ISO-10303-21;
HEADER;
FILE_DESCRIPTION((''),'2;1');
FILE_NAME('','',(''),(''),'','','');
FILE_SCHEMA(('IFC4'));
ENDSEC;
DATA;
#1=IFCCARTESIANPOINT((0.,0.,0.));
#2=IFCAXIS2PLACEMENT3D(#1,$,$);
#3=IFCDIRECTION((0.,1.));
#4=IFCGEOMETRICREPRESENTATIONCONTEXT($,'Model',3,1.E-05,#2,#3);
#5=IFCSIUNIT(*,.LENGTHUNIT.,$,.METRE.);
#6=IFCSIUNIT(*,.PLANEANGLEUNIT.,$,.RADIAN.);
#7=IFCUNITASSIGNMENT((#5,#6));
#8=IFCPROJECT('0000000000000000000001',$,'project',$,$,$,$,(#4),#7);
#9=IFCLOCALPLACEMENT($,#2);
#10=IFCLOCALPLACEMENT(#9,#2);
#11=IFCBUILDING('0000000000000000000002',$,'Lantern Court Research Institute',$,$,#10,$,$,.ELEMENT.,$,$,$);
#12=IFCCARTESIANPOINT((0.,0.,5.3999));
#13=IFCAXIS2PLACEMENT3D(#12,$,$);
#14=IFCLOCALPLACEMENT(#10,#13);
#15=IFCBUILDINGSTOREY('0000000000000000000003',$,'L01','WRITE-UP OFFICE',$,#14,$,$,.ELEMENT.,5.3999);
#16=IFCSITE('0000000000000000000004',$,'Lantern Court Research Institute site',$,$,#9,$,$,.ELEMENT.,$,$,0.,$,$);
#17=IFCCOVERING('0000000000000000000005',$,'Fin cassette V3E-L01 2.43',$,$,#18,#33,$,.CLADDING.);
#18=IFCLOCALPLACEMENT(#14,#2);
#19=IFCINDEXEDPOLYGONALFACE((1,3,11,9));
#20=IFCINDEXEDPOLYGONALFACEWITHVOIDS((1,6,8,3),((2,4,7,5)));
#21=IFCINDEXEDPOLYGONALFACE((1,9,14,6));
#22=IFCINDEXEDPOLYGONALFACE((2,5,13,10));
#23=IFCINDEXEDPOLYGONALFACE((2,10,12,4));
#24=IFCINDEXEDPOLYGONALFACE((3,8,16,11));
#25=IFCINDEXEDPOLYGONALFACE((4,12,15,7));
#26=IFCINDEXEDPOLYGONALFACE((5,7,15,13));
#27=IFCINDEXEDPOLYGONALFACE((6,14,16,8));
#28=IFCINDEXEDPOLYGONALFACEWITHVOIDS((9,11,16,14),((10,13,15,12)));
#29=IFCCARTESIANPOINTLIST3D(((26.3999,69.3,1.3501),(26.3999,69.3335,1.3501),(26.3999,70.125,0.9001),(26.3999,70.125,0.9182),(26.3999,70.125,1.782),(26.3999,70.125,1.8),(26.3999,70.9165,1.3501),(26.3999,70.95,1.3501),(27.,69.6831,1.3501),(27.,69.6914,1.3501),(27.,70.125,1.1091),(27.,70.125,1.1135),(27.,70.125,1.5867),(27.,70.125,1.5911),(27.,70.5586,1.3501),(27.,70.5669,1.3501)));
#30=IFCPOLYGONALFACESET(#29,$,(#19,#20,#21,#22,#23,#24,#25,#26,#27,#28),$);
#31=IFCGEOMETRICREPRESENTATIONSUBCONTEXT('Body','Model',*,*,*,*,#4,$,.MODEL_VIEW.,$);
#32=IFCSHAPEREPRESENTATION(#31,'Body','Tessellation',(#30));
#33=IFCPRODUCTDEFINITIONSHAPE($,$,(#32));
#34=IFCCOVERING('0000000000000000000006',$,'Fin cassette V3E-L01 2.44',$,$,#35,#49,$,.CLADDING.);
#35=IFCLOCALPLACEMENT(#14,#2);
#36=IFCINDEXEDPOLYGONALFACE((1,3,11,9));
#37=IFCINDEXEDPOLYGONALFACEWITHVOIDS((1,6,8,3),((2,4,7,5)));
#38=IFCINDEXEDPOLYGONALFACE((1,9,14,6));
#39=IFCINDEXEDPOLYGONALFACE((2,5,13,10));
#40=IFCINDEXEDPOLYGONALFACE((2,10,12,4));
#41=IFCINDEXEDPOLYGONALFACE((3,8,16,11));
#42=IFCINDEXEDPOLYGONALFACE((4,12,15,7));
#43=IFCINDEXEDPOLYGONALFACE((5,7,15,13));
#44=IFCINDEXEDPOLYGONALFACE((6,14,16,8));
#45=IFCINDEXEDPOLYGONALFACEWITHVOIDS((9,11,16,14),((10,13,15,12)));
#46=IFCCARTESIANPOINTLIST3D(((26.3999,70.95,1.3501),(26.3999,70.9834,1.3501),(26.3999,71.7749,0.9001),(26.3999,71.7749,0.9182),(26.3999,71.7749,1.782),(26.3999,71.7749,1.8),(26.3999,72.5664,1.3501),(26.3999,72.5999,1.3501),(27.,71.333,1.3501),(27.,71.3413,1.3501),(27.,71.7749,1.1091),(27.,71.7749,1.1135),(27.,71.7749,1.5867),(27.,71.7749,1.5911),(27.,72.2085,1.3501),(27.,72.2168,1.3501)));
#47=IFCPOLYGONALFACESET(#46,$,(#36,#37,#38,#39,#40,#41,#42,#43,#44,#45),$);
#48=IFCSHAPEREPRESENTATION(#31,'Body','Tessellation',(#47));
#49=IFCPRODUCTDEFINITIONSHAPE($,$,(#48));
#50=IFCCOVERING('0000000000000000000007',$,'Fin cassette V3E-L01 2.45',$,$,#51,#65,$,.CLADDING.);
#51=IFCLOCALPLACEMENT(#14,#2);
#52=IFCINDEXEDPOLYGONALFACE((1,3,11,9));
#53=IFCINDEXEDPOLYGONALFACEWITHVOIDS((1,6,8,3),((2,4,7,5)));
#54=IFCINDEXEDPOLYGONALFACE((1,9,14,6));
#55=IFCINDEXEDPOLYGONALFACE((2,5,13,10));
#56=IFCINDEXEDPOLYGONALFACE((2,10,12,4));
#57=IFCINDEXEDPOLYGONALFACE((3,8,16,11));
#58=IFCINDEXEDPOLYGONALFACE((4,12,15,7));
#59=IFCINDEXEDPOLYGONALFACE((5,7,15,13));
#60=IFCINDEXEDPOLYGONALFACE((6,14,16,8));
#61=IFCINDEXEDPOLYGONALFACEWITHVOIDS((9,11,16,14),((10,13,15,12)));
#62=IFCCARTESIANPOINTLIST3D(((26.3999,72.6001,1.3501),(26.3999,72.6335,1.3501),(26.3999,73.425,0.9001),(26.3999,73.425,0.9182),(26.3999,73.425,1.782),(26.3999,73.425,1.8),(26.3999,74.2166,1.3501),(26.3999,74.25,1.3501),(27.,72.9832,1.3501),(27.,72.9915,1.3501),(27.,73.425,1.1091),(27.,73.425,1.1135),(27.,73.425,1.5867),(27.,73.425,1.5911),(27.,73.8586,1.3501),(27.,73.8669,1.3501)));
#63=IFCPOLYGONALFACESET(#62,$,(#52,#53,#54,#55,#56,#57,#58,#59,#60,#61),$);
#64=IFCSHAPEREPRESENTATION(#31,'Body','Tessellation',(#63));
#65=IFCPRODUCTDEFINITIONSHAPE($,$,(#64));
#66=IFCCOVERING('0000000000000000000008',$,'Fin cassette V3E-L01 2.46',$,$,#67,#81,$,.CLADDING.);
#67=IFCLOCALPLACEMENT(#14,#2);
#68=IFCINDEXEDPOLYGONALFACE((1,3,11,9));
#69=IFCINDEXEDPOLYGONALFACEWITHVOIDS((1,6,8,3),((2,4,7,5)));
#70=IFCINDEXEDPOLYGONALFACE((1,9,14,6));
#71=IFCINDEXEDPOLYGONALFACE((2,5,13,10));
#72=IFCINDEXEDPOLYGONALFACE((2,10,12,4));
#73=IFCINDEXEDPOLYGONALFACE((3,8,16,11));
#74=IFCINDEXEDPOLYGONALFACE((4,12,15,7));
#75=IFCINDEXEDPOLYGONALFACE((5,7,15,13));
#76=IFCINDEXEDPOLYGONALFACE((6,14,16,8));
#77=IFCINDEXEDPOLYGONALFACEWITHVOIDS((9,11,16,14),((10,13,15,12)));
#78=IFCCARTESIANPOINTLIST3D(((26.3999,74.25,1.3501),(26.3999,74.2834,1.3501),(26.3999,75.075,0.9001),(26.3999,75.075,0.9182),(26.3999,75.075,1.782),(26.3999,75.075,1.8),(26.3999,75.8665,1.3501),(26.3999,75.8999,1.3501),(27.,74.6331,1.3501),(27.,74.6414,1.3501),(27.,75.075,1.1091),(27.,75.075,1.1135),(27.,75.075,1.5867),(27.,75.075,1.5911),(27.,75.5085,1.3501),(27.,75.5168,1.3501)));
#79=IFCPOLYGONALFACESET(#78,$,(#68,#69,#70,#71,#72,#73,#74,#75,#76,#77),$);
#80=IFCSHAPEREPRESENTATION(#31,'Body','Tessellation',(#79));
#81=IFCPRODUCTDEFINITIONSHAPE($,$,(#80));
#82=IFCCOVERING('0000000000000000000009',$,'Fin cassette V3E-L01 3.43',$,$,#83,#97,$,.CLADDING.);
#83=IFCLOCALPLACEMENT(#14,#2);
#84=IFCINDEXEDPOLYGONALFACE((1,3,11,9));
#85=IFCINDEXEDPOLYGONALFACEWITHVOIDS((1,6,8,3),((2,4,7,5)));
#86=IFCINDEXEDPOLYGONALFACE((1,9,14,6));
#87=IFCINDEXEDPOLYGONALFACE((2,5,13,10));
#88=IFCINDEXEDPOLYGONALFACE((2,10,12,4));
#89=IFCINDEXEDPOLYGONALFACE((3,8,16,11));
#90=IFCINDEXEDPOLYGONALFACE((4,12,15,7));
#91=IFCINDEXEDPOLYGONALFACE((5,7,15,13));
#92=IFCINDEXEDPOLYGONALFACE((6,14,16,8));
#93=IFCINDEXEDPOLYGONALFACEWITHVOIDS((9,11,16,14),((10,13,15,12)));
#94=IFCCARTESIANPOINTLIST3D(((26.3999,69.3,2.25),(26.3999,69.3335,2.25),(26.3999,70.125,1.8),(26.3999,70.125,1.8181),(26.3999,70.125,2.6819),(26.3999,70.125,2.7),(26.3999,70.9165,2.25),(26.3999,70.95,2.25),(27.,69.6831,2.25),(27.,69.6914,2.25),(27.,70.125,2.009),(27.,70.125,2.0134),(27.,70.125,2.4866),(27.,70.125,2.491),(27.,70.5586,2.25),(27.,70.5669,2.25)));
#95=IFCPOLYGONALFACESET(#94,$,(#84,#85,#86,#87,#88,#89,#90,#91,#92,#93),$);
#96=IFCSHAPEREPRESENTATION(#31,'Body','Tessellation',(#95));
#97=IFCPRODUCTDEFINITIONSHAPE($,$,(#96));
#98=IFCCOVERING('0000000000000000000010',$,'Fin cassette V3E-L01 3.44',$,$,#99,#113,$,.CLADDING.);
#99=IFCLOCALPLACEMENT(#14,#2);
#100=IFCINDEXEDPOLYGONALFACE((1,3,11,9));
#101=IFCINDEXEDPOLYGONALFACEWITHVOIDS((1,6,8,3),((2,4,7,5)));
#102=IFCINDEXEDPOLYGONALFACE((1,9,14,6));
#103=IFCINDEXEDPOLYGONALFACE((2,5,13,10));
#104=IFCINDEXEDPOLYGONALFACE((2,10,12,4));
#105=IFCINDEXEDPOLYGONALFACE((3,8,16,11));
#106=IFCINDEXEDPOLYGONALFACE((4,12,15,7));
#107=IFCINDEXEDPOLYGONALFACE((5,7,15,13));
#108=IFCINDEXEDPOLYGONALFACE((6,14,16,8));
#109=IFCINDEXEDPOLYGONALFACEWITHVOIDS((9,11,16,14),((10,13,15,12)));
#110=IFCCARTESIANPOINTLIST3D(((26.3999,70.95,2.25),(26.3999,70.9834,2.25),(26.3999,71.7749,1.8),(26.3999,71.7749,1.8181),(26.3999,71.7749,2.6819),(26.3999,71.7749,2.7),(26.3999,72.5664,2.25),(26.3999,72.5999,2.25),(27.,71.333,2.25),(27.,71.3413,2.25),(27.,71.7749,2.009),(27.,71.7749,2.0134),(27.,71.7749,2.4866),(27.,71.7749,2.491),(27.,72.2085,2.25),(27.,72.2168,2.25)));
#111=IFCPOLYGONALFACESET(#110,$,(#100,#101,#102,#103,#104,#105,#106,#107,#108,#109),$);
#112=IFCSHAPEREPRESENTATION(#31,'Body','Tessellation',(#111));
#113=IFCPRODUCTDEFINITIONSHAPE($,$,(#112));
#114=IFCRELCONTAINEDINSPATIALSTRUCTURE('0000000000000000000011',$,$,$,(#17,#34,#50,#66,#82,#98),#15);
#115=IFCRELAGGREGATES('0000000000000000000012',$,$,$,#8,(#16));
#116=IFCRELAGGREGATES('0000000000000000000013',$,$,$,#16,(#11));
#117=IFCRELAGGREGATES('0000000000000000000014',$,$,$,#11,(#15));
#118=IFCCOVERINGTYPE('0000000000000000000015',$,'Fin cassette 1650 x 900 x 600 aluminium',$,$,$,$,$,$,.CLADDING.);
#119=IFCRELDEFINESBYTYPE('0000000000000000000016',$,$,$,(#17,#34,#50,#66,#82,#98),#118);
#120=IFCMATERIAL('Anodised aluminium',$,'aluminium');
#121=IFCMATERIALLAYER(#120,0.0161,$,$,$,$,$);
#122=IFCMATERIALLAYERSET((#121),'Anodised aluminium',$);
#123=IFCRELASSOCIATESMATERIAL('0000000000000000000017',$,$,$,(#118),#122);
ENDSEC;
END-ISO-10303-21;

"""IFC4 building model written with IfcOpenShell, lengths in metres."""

from ifc_helpers import new_model, entity, si_unit, direction, frame, origin, place, context, subcontext, project, spatial, material, layer, layer_set, type_object, element, save


model = new_model("IFC4")

# Units and contexts
model_context = context("Model", 3, precision=1e-05, world=origin(), true_north=direction((0.0, 1.0)))
body_context = subcontext(model_context, "Body", "Model", "MODEL_VIEW")
ifc_project = project(units=[si_unit("LENGTHUNIT", "METRE"), si_unit("PLANEANGLEUNIT", "RADIAN")], contexts=[model_context])

# Site, building, storey
site_placement = place(None, origin())
site = spatial("IfcSite", under=ifc_project, at=site_placement, Name="Lantern Court Research Institute site", CompositionType="ELEMENT", RefElevation=0.0)
building_placement = place(site_placement, origin())
building = spatial("IfcBuilding", under=site, at=building_placement, Name="Lantern Court Research Institute", CompositionType="ELEMENT")
storey_placement = place(building_placement, frame((0.0, 0.0, 5.3999)))
storey = spatial("IfcBuildingStorey", under=building, at=storey_placement, Name="L01", Description="WRITE-UP OFFICE", CompositionType="ELEMENT", Elevation=5.3999)

# Coverings
ifc_material_1 = material(Name="Anodised aluminium", Category="aluminium")
ifc_layer_1 = layer(ifc_material_1, 0.0161)
ifc_layer_set_1 = layer_set([ifc_layer_1], Name="Anodised aluminium")
covering_type_1 = type_object("IfcCoveringType", Name="Fin cassette 1650 x 900 x 600 aluminium", PredefinedType="CLADDING", material=ifc_layer_set_1)
covering_1_placement = place(storey_placement, frame((26.3999, 70.125, 1.3501), z_axis=(1.0, 0.0, 0.0), x_axis=(0.0, 1.0, 0.0)))
cartesian_point_1 = entity("IfcCartesianPoint", [0.825, 0.0])
cartesian_point_2 = entity("IfcCartesianPoint", [0.7915, 0.0])
cartesian_point_3 = entity("IfcCartesianPoint", [0.4419, 0.0])
cartesian_point_4 = entity("IfcCartesianPoint", [0.4336, 0.0])
element("IfcCovering", 1, at=covering_1_placement, inside=storey, type_object=covering_type_1, Name="Fin cassette V3E-L01 2.43", PredefinedType="CLADDING", context=body_context, shape_type="SweptSolid", body=[
    entity("IfcExtrudedAreaSolidTapered", entity("IfcArbitraryProfileDefWithVoids", "AREA", None, entity("IfcPolyline", [cartesian_point_1, entity("IfcCartesianPoint", [0.0, 0.45]), entity("IfcCartesianPoint", [-0.825, 0.0]), entity("IfcCartesianPoint", [0.0, -0.45]), cartesian_point_1]), [entity("IfcPolyline", [cartesian_point_2, entity("IfcCartesianPoint", [0.0, 0.4319]), entity("IfcCartesianPoint", [-0.7915, 0.0]), entity("IfcCartesianPoint", [0.0, -0.4319]), cartesian_point_2])]), entity("IfcAxis2Placement3D", entity("IfcCartesianPoint", [0.0, 0.0, 0.0])), entity("IfcDirection", [0.0, 0.0, 1.0]), 0.6001, entity("IfcArbitraryProfileDefWithVoids", "AREA", None, entity("IfcPolyline", [cartesian_point_3, entity("IfcCartesianPoint", [0.0, 0.241]), entity("IfcCartesianPoint", [-0.4419, 0.0]), entity("IfcCartesianPoint", [0.0, -0.241]), cartesian_point_3]), [entity("IfcPolyline", [cartesian_point_4, entity("IfcCartesianPoint", [0.0, 0.2366]), entity("IfcCartesianPoint", [-0.4336, 0.0]), entity("IfcCartesianPoint", [0.0, -0.2366]), cartesian_point_4])])),
])
covering_2_placement = place(storey_placement, frame((26.3999, 71.7749, 1.3501), z_axis=(1.0, 0.0, 0.0), x_axis=(0.0, 1.0, 0.0)))
cartesian_point_5 = entity("IfcCartesianPoint", [0.825, 0.0])
cartesian_point_6 = entity("IfcCartesianPoint", [0.7915, 0.0])
cartesian_point_7 = entity("IfcCartesianPoint", [0.4419, 0.0])
cartesian_point_8 = entity("IfcCartesianPoint", [0.4336, 0.0])
element("IfcCovering", 2, at=covering_2_placement, inside=storey, type_object=covering_type_1, Name="Fin cassette V3E-L01 2.44", PredefinedType="CLADDING", context=body_context, shape_type="SweptSolid", body=[
    entity("IfcExtrudedAreaSolidTapered", entity("IfcArbitraryProfileDefWithVoids", "AREA", None, entity("IfcPolyline", [cartesian_point_5, entity("IfcCartesianPoint", [0.0, 0.45]), entity("IfcCartesianPoint", [-0.825, 0.0]), entity("IfcCartesianPoint", [0.0, -0.45]), cartesian_point_5]), [entity("IfcPolyline", [cartesian_point_6, entity("IfcCartesianPoint", [0.0, 0.4319]), entity("IfcCartesianPoint", [-0.7915, 0.0]), entity("IfcCartesianPoint", [0.0, -0.4319]), cartesian_point_6])]), entity("IfcAxis2Placement3D", entity("IfcCartesianPoint", [0.0, 0.0, 0.0])), entity("IfcDirection", [0.0, 0.0, 1.0]), 0.6001, entity("IfcArbitraryProfileDefWithVoids", "AREA", None, entity("IfcPolyline", [cartesian_point_7, entity("IfcCartesianPoint", [0.0, 0.241]), entity("IfcCartesianPoint", [-0.4419, 0.0]), entity("IfcCartesianPoint", [0.0, -0.241]), cartesian_point_7]), [entity("IfcPolyline", [cartesian_point_8, entity("IfcCartesianPoint", [0.0, 0.2366]), entity("IfcCartesianPoint", [-0.4336, 0.0]), entity("IfcCartesianPoint", [0.0, -0.2366]), cartesian_point_8])])),
])
covering_3_placement = place(storey_placement, frame((26.3999, 73.425, 1.3501), z_axis=(1.0, 0.0, 0.0), x_axis=(0.0, 1.0, 0.0)))
cartesian_point_9 = entity("IfcCartesianPoint", [0.825, 0.0])
cartesian_point_10 = entity("IfcCartesianPoint", [0.7915, 0.0])
cartesian_point_11 = entity("IfcCartesianPoint", [0.4419, 0.0])
cartesian_point_12 = entity("IfcCartesianPoint", [0.4336, 0.0])
element("IfcCovering", 3, at=covering_3_placement, inside=storey, type_object=covering_type_1, Name="Fin cassette V3E-L01 2.45", PredefinedType="CLADDING", context=body_context, shape_type="SweptSolid", body=[
    entity("IfcExtrudedAreaSolidTapered", entity("IfcArbitraryProfileDefWithVoids", "AREA", None, entity("IfcPolyline", [cartesian_point_9, entity("IfcCartesianPoint", [0.0, 0.45]), entity("IfcCartesianPoint", [-0.825, 0.0]), entity("IfcCartesianPoint", [0.0, -0.45]), cartesian_point_9]), [entity("IfcPolyline", [cartesian_point_10, entity("IfcCartesianPoint", [0.0, 0.4319]), entity("IfcCartesianPoint", [-0.7915, 0.0]), entity("IfcCartesianPoint", [0.0, -0.4319]), cartesian_point_10])]), entity("IfcAxis2Placement3D", entity("IfcCartesianPoint", [0.0, 0.0, 0.0])), entity("IfcDirection", [0.0, 0.0, 1.0]), 0.6001, entity("IfcArbitraryProfileDefWithVoids", "AREA", None, entity("IfcPolyline", [cartesian_point_11, entity("IfcCartesianPoint", [0.0, 0.241]), entity("IfcCartesianPoint", [-0.4419, 0.0]), entity("IfcCartesianPoint", [0.0, -0.241]), cartesian_point_11]), [entity("IfcPolyline", [cartesian_point_12, entity("IfcCartesianPoint", [0.0, 0.2366]), entity("IfcCartesianPoint", [-0.4336, 0.0]), entity("IfcCartesianPoint", [0.0, -0.2366]), cartesian_point_12])])),
])
covering_4_placement = place(storey_placement, frame((26.3999, 75.075, 1.3501), z_axis=(1.0, 0.0, 0.0), x_axis=(0.0, 1.0, 0.0)))
cartesian_point_13 = entity("IfcCartesianPoint", [0.825, 0.0])
cartesian_point_14 = entity("IfcCartesianPoint", [0.7915, 0.0])
cartesian_point_15 = entity("IfcCartesianPoint", [0.4419, 0.0])
cartesian_point_16 = entity("IfcCartesianPoint", [0.4336, 0.0])
element("IfcCovering", 4, at=covering_4_placement, inside=storey, type_object=covering_type_1, Name="Fin cassette V3E-L01 2.46", PredefinedType="CLADDING", context=body_context, shape_type="SweptSolid", body=[
    entity("IfcExtrudedAreaSolidTapered", entity("IfcArbitraryProfileDefWithVoids", "AREA", None, entity("IfcPolyline", [cartesian_point_13, entity("IfcCartesianPoint", [0.0, 0.45]), entity("IfcCartesianPoint", [-0.825, 0.0]), entity("IfcCartesianPoint", [0.0, -0.45]), cartesian_point_13]), [entity("IfcPolyline", [cartesian_point_14, entity("IfcCartesianPoint", [0.0, 0.4319]), entity("IfcCartesianPoint", [-0.7915, 0.0]), entity("IfcCartesianPoint", [0.0, -0.4319]), cartesian_point_14])]), entity("IfcAxis2Placement3D", entity("IfcCartesianPoint", [0.0, 0.0, 0.0])), entity("IfcDirection", [0.0, 0.0, 1.0]), 0.6001, entity("IfcArbitraryProfileDefWithVoids", "AREA", None, entity("IfcPolyline", [cartesian_point_15, entity("IfcCartesianPoint", [0.0, 0.241]), entity("IfcCartesianPoint", [-0.4419, 0.0]), entity("IfcCartesianPoint", [0.0, -0.241]), cartesian_point_15]), [entity("IfcPolyline", [cartesian_point_16, entity("IfcCartesianPoint", [0.0, 0.2366]), entity("IfcCartesianPoint", [-0.4336, 0.0]), entity("IfcCartesianPoint", [0.0, -0.2366]), cartesian_point_16])])),
])
covering_5_placement = place(storey_placement, frame((26.3999, 70.125, 2.25), z_axis=(1.0, 0.0, 0.0), x_axis=(0.0, 1.0, 0.0)))
cartesian_point_17 = entity("IfcCartesianPoint", [0.825, 0.0])
cartesian_point_18 = entity("IfcCartesianPoint", [0.7915, 0.0])
cartesian_point_19 = entity("IfcCartesianPoint", [0.4419, 0.0])
cartesian_point_20 = entity("IfcCartesianPoint", [0.4336, 0.0])
element("IfcCovering", 5, at=covering_5_placement, inside=storey, type_object=covering_type_1, Name="Fin cassette V3E-L01 3.43", PredefinedType="CLADDING", context=body_context, shape_type="SweptSolid", body=[
    entity("IfcExtrudedAreaSolidTapered", entity("IfcArbitraryProfileDefWithVoids", "AREA", None, entity("IfcPolyline", [cartesian_point_17, entity("IfcCartesianPoint", [0.0, 0.45]), entity("IfcCartesianPoint", [-0.825, 0.0]), entity("IfcCartesianPoint", [0.0, -0.45]), cartesian_point_17]), [entity("IfcPolyline", [cartesian_point_18, entity("IfcCartesianPoint", [0.0, 0.4319]), entity("IfcCartesianPoint", [-0.7915, 0.0]), entity("IfcCartesianPoint", [0.0, -0.4319]), cartesian_point_18])]), entity("IfcAxis2Placement3D", entity("IfcCartesianPoint", [0.0, 0.0, 0.0])), entity("IfcDirection", [0.0, 0.0, 1.0]), 0.6001, entity("IfcArbitraryProfileDefWithVoids", "AREA", None, entity("IfcPolyline", [cartesian_point_19, entity("IfcCartesianPoint", [0.0, 0.241]), entity("IfcCartesianPoint", [-0.4419, 0.0]), entity("IfcCartesianPoint", [0.0, -0.241]), cartesian_point_19]), [entity("IfcPolyline", [cartesian_point_20, entity("IfcCartesianPoint", [0.0, 0.2366]), entity("IfcCartesianPoint", [-0.4336, 0.0]), entity("IfcCartesianPoint", [0.0, -0.2366]), cartesian_point_20])])),
])
covering_6_placement = place(storey_placement, frame((26.3999, 71.7749, 2.25), z_axis=(1.0, 0.0, 0.0), x_axis=(0.0, 1.0, 0.0)))
cartesian_point_21 = entity("IfcCartesianPoint", [0.825, 0.0])
cartesian_point_22 = entity("IfcCartesianPoint", [0.7915, 0.0])
cartesian_point_23 = entity("IfcCartesianPoint", [0.4419, 0.0])
cartesian_point_24 = entity("IfcCartesianPoint", [0.4336, 0.0])
element("IfcCovering", 6, at=covering_6_placement, inside=storey, type_object=covering_type_1, Name="Fin cassette V3E-L01 3.44", PredefinedType="CLADDING", context=body_context, shape_type="SweptSolid", body=[
    entity("IfcExtrudedAreaSolidTapered", entity("IfcArbitraryProfileDefWithVoids", "AREA", None, entity("IfcPolyline", [cartesian_point_21, entity("IfcCartesianPoint", [0.0, 0.45]), entity("IfcCartesianPoint", [-0.825, 0.0]), entity("IfcCartesianPoint", [0.0, -0.45]), cartesian_point_21]), [entity("IfcPolyline", [cartesian_point_22, entity("IfcCartesianPoint", [0.0, 0.4319]), entity("IfcCartesianPoint", [-0.7915, 0.0]), entity("IfcCartesianPoint", [0.0, -0.4319]), cartesian_point_22])]), entity("IfcAxis2Placement3D", entity("IfcCartesianPoint", [0.0, 0.0, 0.0])), entity("IfcDirection", [0.0, 0.0, 1.0]), 0.6001, entity("IfcArbitraryProfileDefWithVoids", "AREA", None, entity("IfcPolyline", [cartesian_point_23, entity("IfcCartesianPoint", [0.0, 0.241]), entity("IfcCartesianPoint", [-0.4419, 0.0]), entity("IfcCartesianPoint", [0.0, -0.241]), cartesian_point_23]), [entity("IfcPolyline", [cartesian_point_24, entity("IfcCartesianPoint", [0.0, 0.2366]), entity("IfcCartesianPoint", [-0.4336, 0.0]), entity("IfcCartesianPoint", [0.0, -0.2366]), cartesian_point_24])])),
])

save(model, "model.ifc")
